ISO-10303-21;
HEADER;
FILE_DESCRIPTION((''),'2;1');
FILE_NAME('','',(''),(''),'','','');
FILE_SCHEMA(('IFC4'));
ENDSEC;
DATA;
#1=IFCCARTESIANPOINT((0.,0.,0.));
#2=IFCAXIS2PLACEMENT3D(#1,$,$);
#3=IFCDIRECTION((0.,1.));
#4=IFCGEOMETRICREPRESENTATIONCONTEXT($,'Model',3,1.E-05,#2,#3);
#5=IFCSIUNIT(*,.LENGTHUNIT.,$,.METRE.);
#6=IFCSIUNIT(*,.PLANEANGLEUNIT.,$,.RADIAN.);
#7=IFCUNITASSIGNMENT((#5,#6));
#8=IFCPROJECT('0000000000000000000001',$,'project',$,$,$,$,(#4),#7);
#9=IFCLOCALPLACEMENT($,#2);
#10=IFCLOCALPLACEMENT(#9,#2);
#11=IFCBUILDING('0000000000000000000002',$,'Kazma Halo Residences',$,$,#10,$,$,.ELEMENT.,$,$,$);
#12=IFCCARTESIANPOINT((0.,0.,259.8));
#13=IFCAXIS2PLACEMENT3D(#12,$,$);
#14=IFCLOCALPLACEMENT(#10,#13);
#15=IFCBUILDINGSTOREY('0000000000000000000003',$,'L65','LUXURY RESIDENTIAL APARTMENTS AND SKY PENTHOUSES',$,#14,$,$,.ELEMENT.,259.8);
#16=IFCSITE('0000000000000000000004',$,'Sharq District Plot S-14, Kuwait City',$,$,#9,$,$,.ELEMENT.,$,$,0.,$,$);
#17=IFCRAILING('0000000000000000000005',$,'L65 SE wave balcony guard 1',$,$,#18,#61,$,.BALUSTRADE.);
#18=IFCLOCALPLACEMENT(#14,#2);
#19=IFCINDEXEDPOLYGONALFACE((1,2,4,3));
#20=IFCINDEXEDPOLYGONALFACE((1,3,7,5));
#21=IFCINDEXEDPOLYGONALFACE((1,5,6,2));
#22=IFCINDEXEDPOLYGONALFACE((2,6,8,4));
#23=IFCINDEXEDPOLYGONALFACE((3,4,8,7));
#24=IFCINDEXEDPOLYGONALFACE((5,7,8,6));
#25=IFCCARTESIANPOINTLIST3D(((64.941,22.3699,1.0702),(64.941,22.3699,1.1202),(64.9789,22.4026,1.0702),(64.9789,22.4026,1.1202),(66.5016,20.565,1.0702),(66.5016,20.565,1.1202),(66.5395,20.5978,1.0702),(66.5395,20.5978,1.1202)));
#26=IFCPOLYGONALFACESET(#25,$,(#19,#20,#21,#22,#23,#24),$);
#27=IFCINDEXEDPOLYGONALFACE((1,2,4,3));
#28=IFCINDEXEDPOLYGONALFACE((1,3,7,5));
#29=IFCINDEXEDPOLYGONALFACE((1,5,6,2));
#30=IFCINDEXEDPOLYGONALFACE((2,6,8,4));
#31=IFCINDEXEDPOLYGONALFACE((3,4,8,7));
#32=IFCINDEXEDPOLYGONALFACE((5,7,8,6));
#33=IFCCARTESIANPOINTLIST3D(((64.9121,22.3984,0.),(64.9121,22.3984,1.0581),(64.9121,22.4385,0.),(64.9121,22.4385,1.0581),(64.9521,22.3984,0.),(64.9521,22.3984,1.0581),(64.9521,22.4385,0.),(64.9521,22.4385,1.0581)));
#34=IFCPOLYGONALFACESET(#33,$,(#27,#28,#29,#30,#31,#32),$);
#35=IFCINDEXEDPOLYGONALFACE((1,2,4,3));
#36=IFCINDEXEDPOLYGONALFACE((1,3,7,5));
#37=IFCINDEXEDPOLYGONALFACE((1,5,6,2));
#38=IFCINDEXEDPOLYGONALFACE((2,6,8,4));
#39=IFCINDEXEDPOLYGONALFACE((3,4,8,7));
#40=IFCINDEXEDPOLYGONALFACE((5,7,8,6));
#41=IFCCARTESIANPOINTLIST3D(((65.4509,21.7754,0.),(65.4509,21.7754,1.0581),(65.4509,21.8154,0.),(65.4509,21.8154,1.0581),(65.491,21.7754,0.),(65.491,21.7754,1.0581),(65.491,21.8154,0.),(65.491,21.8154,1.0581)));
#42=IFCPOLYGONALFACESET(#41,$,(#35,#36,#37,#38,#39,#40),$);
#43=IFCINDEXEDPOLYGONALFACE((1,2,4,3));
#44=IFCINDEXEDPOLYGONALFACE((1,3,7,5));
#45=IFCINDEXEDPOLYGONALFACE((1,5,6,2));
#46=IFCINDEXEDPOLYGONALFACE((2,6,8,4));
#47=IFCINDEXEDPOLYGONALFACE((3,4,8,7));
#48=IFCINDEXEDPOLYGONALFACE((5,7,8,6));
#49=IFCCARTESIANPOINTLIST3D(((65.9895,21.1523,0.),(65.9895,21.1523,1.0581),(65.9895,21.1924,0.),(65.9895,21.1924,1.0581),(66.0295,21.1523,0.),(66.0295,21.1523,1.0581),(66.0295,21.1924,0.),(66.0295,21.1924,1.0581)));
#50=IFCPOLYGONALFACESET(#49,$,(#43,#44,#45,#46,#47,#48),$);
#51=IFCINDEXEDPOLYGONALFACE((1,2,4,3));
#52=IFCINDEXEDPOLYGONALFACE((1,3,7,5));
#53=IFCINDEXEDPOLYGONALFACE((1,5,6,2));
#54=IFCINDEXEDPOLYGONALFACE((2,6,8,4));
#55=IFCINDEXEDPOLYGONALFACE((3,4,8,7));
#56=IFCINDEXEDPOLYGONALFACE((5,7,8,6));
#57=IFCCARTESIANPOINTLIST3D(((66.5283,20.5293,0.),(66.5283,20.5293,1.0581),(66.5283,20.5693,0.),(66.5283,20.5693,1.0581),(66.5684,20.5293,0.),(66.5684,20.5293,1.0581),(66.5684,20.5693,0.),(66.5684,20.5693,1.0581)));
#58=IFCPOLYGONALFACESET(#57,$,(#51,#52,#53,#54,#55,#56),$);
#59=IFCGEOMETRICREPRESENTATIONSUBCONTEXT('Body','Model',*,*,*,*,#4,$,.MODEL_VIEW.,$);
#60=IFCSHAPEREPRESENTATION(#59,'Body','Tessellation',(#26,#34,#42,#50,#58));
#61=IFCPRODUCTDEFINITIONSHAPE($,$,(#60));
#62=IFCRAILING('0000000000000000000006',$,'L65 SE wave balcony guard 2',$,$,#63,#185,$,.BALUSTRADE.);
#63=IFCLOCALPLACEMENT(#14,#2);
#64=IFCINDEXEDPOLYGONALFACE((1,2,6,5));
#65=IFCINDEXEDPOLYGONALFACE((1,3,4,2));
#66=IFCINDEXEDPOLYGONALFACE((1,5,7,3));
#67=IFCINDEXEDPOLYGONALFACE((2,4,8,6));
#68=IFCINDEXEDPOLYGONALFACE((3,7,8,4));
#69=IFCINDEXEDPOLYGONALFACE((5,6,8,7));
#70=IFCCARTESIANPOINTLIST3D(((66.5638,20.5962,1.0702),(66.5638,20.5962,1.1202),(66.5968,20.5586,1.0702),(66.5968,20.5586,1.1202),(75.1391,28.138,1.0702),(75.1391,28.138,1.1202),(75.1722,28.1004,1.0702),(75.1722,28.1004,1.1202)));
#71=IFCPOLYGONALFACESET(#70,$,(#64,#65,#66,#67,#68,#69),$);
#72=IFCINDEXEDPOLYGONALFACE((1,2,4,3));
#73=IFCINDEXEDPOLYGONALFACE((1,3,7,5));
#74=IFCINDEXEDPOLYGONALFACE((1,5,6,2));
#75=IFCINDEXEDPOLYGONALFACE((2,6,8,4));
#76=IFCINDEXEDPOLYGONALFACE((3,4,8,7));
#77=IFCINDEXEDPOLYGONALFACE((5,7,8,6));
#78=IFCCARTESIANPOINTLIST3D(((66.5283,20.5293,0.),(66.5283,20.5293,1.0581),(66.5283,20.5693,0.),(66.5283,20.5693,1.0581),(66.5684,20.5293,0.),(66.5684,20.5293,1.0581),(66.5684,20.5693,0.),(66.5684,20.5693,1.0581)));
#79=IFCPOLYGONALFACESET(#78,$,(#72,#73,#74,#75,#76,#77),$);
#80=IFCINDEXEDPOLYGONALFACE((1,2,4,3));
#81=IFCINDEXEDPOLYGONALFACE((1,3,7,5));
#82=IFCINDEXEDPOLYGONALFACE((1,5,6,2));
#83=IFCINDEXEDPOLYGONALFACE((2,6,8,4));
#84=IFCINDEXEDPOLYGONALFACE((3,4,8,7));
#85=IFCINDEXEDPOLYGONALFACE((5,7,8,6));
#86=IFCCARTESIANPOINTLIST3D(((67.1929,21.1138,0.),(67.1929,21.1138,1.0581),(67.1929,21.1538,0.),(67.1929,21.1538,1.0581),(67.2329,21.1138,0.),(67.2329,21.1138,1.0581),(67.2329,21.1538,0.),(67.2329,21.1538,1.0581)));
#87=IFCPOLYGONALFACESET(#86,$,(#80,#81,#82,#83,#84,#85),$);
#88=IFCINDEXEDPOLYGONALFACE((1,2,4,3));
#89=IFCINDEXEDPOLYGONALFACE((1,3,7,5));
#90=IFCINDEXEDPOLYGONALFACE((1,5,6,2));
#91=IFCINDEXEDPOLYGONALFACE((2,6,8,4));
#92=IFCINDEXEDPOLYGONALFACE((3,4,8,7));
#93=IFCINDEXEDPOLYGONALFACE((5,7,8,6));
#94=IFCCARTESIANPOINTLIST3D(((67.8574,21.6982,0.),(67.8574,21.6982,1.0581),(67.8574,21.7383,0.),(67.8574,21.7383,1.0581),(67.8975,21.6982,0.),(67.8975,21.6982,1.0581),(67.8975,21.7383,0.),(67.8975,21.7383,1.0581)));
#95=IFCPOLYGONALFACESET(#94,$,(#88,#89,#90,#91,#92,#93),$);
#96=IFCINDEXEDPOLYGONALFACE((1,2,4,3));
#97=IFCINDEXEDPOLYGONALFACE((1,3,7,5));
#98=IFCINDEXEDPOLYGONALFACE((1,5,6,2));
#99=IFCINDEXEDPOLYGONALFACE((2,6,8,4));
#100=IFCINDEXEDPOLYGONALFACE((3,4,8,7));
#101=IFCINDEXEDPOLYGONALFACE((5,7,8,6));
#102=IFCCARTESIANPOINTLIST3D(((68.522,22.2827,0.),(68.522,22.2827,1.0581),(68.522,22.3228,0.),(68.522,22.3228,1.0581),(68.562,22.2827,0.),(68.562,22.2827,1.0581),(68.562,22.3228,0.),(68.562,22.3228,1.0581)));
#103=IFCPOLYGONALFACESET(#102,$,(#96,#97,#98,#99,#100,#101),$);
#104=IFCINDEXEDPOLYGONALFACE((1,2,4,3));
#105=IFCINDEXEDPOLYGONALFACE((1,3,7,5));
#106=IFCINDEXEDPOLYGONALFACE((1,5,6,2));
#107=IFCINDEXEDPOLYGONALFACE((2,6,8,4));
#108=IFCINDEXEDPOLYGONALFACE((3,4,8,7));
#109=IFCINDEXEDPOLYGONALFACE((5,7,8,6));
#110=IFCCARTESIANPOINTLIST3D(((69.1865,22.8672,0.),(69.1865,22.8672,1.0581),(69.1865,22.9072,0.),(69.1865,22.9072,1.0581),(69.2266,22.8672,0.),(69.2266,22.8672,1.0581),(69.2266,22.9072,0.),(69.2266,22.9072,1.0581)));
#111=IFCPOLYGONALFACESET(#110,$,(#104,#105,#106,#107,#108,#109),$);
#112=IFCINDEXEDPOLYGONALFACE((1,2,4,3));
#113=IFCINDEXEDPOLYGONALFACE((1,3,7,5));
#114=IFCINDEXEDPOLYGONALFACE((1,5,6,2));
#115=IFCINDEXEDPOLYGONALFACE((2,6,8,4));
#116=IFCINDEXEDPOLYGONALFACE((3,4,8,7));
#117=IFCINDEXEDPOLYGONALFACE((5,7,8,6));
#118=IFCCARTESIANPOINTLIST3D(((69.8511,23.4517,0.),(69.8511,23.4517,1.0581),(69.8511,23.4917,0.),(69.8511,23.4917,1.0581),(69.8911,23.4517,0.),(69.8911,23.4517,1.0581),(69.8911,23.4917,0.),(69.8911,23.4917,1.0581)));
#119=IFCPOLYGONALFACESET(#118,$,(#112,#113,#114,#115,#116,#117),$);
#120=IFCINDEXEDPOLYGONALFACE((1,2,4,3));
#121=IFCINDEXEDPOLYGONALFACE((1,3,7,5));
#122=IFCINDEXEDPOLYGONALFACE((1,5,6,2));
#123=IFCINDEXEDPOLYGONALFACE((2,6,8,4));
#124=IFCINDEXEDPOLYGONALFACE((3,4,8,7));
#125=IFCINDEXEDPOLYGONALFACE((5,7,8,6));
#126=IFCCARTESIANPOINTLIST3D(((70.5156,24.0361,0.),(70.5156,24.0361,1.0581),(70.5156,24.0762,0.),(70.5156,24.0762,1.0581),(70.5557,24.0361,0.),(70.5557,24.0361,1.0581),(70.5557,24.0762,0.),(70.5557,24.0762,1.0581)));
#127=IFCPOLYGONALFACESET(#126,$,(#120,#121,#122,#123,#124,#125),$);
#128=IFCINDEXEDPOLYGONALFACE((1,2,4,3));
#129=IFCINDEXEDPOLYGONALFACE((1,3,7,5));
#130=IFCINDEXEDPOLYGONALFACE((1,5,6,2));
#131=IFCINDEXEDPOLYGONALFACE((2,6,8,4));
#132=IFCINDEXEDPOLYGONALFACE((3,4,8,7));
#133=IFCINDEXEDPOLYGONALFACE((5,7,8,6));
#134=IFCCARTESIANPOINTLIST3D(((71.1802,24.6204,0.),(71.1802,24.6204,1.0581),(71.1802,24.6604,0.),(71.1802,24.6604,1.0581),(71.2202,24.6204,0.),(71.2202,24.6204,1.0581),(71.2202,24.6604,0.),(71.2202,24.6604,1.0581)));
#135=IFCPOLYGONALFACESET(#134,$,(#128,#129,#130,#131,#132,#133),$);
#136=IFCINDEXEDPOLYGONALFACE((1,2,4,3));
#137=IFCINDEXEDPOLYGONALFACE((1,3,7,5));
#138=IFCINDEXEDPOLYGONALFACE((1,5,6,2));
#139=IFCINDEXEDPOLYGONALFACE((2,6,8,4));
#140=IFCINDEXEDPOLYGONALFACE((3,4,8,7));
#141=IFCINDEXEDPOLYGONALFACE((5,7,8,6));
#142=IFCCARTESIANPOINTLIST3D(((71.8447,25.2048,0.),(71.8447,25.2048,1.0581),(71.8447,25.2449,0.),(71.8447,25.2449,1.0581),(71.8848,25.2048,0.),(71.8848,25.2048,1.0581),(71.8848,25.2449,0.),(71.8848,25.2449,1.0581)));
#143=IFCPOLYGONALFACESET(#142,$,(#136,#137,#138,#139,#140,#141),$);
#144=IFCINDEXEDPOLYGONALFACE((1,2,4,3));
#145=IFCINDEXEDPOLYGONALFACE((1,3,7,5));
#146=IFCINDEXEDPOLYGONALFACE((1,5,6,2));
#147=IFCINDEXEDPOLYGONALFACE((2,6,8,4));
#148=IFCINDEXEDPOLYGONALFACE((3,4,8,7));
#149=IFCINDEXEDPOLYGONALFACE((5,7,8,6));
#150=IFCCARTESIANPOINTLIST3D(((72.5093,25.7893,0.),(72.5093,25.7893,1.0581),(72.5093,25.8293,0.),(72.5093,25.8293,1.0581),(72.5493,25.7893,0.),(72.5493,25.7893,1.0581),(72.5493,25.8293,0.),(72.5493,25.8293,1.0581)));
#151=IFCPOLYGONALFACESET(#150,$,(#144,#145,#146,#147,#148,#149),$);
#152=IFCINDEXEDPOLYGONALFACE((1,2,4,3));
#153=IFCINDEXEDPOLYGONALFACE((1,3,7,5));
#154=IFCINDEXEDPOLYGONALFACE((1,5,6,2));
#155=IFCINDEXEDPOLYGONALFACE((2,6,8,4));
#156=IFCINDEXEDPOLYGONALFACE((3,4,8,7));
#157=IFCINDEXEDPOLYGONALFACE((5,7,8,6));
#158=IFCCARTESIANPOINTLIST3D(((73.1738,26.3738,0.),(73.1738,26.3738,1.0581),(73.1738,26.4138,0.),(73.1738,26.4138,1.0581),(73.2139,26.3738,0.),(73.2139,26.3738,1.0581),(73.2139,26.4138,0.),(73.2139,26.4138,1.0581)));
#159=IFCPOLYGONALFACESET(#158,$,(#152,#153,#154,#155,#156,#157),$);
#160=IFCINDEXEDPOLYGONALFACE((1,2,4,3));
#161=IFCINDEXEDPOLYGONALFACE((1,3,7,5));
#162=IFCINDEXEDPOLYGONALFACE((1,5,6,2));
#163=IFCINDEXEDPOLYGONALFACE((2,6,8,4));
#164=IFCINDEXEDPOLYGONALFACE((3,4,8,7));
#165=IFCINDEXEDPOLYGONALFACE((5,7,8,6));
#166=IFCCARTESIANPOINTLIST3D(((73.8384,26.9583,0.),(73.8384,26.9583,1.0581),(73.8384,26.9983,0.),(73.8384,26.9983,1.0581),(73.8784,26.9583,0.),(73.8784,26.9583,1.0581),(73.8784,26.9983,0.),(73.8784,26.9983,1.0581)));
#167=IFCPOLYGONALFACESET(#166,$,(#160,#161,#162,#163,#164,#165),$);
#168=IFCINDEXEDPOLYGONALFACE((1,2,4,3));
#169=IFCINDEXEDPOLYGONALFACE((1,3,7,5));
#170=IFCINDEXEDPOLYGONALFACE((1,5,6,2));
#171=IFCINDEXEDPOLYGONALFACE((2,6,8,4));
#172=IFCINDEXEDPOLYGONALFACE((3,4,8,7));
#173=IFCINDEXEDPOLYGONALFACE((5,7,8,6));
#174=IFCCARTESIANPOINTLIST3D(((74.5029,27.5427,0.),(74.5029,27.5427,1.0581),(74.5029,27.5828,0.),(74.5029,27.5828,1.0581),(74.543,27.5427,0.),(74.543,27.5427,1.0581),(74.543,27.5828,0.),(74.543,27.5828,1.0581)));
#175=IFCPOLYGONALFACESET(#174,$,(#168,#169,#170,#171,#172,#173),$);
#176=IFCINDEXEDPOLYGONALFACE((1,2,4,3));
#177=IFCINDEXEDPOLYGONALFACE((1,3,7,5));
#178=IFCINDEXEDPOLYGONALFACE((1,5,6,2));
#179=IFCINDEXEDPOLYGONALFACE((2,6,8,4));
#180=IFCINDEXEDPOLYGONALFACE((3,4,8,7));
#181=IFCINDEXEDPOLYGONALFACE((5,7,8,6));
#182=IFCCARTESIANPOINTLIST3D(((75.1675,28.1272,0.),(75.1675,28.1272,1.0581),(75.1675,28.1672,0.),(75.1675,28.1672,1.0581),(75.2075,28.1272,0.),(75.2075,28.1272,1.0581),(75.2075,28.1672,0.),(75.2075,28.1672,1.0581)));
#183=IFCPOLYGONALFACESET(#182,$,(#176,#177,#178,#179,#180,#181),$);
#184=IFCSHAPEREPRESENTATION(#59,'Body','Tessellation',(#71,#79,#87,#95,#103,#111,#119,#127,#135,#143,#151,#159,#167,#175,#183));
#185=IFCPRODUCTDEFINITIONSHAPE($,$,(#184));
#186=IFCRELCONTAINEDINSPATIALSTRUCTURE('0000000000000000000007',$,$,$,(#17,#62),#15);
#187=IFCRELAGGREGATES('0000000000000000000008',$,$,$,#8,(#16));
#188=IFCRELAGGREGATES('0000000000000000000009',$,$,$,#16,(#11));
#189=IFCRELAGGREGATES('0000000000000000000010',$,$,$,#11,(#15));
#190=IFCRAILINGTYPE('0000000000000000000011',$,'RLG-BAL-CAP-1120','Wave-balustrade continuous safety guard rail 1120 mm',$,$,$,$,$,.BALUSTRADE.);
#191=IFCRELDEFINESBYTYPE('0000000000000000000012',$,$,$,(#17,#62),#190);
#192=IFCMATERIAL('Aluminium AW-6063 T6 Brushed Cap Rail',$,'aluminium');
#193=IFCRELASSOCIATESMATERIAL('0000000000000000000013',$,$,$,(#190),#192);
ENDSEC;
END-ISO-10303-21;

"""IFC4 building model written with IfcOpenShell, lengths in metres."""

from ifc_helpers import new_model, si_unit, direction, frame, origin, origin_2d, place, context, subcontext, project, spatial, rectangle, extrude, material, type_object, element, save


model = new_model("IFC4")

# Units and contexts
model_context = context("Model", 3, precision=1e-05, world=origin(), true_north=direction((0.0, 1.0)))
body_context = subcontext(model_context, "Body", "Model", "MODEL_VIEW")
ifc_project = project(units=[si_unit("LENGTHUNIT", "METRE"), si_unit("PLANEANGLEUNIT", "RADIAN")], contexts=[model_context])

# Site, building, storey
site_placement = place(None, origin())
site = spatial("IfcSite", under=ifc_project, at=site_placement, Name="Sharq District Plot S-14, Kuwait City", CompositionType="ELEMENT", RefElevation=0.0)
building_placement = place(site_placement, origin())
building = spatial("IfcBuilding", under=site, at=building_placement, Name="Kazma Halo Residences", CompositionType="ELEMENT")
storey_placement = place(building_placement, frame((0.0, 0.0, 259.8)))
storey = spatial("IfcBuildingStorey", under=building, at=storey_placement, Name="L65", Description="LUXURY RESIDENTIAL APARTMENTS AND SKY PENTHOUSES", CompositionType="ELEMENT", Elevation=259.8)

# Railings
ifc_material_1 = material(Name="Aluminium AW-6063 T6 Brushed Cap Rail", Category="aluminium")
railing_type = type_object("IfcRailingType", Name="RLG-BAL-CAP-1120", Description="Wave-balustrade continuous safety guard rail 1120 mm", PredefinedType="BALUSTRADE", material=ifc_material_1)
railing_1_placement = place(storey_placement, frame((64.9321, 22.4185, 0.0)))
element("IfcRailing", 1, at=railing_1_placement, inside=storey, type_object=railing_type, Name="L65 SE wave balcony guard 1", PredefinedType="BALUSTRADE", context=body_context, shape_type="SweptSolid", body=[
    extrude(rectangle(XDim=0.05, YDim=0.05, at=origin_2d()), frame((0.0278, -0.0322, 1.0952), z_axis=(0.654072, -0.756432, 0.0), x_axis=(0.756432, 0.654072, 0.0)), (0.0, 0.0, 1.0), 2.386),
    extrude(rectangle(XDim=0.04, YDim=0.04, at=origin_2d()), origin(), (0.0, 0.0, 1.0), 1.0581),
    extrude(rectangle(XDim=0.04, YDim=0.04, at=origin_2d()), frame((0.5388, -0.623, 0.0)), (0.0, 0.0, 1.0), 1.0581),
    extrude(rectangle(XDim=0.04, YDim=0.04, at=origin_2d()), frame((1.0774, -1.2461, 0.0)), (0.0, 0.0, 1.0), 1.0581),
    extrude(rectangle(XDim=0.04, YDim=0.04, at=origin_2d()), frame((1.6162, -1.8691, 0.0)), (0.0, 0.0, 1.0), 1.0581),
])
railing_2_placement = place(storey_placement, frame((66.5483, 20.5493, 0.0)))
element("IfcRailing", 2, at=railing_2_placement, inside=storey, type_object=railing_type, Name="L65 SE wave balcony guard 2", PredefinedType="BALUSTRADE", context=body_context, shape_type="SweptSolid", body=[
    extrude(rectangle(XDim=0.05, YDim=0.05, at=origin_2d()), frame((0.032, 0.0281, 1.0952), z_axis=(0.75091, 0.660404, 0.0), x_axis=(-0.660404, 0.75091, 0.0)), (0.0, 0.0, 1.0), 11.4199),
    extrude(rectangle(XDim=0.04, YDim=0.04, at=origin_2d()), origin(), (0.0, 0.0, 1.0), 1.0581),
    extrude(rectangle(XDim=0.04, YDim=0.04, at=origin_2d()), frame((0.6646, 0.5845, 0.0)), (0.0, 0.0, 1.0), 1.0581),
    extrude(rectangle(XDim=0.04, YDim=0.04, at=origin_2d()), frame((1.3291, 1.1689, 0.0)), (0.0, 0.0, 1.0), 1.0581),
    extrude(rectangle(XDim=0.04, YDim=0.04, at=origin_2d()), frame((1.9937, 1.7534, 0.0)), (0.0, 0.0, 1.0), 1.0581),
    extrude(rectangle(XDim=0.04, YDim=0.04, at=origin_2d()), frame((2.6582, 2.3379, 0.0)), (0.0, 0.0, 1.0), 1.0581),
    extrude(rectangle(XDim=0.04, YDim=0.04, at=origin_2d()), frame((3.3228, 2.9224, 0.0)), (0.0, 0.0, 1.0), 1.0581),
    extrude(rectangle(XDim=0.04, YDim=0.04, at=origin_2d()), frame((3.9873, 3.5068, 0.0)), (0.0, 0.0, 1.0), 1.0581),
    extrude(rectangle(XDim=0.04, YDim=0.04, at=origin_2d()), frame((4.6519, 4.0911, 0.0)), (0.0, 0.0, 1.0), 1.0581),
    extrude(rectangle(XDim=0.04, YDim=0.04, at=origin_2d()), frame((5.3164, 4.6755, 0.0)), (0.0, 0.0, 1.0), 1.0581),
    extrude(rectangle(XDim=0.04, YDim=0.04, at=origin_2d()), frame((5.981, 5.26, 0.0)), (0.0, 0.0, 1.0), 1.0581),
    extrude(rectangle(XDim=0.04, YDim=0.04, at=origin_2d()), frame((6.6455, 5.8445, 0.0)), (0.0, 0.0, 1.0), 1.0581),
    extrude(rectangle(XDim=0.04, YDim=0.04, at=origin_2d()), frame((7.3101, 6.429, 0.0)), (0.0, 0.0, 1.0), 1.0581),
    extrude(rectangle(XDim=0.04, YDim=0.04, at=origin_2d()), frame((7.9746, 7.0134, 0.0)), (0.0, 0.0, 1.0), 1.0581),
    extrude(rectangle(XDim=0.04, YDim=0.04, at=origin_2d()), frame((8.6392, 7.5979, 0.0)), (0.0, 0.0, 1.0), 1.0581),
])

save(model, "model.ifc")
